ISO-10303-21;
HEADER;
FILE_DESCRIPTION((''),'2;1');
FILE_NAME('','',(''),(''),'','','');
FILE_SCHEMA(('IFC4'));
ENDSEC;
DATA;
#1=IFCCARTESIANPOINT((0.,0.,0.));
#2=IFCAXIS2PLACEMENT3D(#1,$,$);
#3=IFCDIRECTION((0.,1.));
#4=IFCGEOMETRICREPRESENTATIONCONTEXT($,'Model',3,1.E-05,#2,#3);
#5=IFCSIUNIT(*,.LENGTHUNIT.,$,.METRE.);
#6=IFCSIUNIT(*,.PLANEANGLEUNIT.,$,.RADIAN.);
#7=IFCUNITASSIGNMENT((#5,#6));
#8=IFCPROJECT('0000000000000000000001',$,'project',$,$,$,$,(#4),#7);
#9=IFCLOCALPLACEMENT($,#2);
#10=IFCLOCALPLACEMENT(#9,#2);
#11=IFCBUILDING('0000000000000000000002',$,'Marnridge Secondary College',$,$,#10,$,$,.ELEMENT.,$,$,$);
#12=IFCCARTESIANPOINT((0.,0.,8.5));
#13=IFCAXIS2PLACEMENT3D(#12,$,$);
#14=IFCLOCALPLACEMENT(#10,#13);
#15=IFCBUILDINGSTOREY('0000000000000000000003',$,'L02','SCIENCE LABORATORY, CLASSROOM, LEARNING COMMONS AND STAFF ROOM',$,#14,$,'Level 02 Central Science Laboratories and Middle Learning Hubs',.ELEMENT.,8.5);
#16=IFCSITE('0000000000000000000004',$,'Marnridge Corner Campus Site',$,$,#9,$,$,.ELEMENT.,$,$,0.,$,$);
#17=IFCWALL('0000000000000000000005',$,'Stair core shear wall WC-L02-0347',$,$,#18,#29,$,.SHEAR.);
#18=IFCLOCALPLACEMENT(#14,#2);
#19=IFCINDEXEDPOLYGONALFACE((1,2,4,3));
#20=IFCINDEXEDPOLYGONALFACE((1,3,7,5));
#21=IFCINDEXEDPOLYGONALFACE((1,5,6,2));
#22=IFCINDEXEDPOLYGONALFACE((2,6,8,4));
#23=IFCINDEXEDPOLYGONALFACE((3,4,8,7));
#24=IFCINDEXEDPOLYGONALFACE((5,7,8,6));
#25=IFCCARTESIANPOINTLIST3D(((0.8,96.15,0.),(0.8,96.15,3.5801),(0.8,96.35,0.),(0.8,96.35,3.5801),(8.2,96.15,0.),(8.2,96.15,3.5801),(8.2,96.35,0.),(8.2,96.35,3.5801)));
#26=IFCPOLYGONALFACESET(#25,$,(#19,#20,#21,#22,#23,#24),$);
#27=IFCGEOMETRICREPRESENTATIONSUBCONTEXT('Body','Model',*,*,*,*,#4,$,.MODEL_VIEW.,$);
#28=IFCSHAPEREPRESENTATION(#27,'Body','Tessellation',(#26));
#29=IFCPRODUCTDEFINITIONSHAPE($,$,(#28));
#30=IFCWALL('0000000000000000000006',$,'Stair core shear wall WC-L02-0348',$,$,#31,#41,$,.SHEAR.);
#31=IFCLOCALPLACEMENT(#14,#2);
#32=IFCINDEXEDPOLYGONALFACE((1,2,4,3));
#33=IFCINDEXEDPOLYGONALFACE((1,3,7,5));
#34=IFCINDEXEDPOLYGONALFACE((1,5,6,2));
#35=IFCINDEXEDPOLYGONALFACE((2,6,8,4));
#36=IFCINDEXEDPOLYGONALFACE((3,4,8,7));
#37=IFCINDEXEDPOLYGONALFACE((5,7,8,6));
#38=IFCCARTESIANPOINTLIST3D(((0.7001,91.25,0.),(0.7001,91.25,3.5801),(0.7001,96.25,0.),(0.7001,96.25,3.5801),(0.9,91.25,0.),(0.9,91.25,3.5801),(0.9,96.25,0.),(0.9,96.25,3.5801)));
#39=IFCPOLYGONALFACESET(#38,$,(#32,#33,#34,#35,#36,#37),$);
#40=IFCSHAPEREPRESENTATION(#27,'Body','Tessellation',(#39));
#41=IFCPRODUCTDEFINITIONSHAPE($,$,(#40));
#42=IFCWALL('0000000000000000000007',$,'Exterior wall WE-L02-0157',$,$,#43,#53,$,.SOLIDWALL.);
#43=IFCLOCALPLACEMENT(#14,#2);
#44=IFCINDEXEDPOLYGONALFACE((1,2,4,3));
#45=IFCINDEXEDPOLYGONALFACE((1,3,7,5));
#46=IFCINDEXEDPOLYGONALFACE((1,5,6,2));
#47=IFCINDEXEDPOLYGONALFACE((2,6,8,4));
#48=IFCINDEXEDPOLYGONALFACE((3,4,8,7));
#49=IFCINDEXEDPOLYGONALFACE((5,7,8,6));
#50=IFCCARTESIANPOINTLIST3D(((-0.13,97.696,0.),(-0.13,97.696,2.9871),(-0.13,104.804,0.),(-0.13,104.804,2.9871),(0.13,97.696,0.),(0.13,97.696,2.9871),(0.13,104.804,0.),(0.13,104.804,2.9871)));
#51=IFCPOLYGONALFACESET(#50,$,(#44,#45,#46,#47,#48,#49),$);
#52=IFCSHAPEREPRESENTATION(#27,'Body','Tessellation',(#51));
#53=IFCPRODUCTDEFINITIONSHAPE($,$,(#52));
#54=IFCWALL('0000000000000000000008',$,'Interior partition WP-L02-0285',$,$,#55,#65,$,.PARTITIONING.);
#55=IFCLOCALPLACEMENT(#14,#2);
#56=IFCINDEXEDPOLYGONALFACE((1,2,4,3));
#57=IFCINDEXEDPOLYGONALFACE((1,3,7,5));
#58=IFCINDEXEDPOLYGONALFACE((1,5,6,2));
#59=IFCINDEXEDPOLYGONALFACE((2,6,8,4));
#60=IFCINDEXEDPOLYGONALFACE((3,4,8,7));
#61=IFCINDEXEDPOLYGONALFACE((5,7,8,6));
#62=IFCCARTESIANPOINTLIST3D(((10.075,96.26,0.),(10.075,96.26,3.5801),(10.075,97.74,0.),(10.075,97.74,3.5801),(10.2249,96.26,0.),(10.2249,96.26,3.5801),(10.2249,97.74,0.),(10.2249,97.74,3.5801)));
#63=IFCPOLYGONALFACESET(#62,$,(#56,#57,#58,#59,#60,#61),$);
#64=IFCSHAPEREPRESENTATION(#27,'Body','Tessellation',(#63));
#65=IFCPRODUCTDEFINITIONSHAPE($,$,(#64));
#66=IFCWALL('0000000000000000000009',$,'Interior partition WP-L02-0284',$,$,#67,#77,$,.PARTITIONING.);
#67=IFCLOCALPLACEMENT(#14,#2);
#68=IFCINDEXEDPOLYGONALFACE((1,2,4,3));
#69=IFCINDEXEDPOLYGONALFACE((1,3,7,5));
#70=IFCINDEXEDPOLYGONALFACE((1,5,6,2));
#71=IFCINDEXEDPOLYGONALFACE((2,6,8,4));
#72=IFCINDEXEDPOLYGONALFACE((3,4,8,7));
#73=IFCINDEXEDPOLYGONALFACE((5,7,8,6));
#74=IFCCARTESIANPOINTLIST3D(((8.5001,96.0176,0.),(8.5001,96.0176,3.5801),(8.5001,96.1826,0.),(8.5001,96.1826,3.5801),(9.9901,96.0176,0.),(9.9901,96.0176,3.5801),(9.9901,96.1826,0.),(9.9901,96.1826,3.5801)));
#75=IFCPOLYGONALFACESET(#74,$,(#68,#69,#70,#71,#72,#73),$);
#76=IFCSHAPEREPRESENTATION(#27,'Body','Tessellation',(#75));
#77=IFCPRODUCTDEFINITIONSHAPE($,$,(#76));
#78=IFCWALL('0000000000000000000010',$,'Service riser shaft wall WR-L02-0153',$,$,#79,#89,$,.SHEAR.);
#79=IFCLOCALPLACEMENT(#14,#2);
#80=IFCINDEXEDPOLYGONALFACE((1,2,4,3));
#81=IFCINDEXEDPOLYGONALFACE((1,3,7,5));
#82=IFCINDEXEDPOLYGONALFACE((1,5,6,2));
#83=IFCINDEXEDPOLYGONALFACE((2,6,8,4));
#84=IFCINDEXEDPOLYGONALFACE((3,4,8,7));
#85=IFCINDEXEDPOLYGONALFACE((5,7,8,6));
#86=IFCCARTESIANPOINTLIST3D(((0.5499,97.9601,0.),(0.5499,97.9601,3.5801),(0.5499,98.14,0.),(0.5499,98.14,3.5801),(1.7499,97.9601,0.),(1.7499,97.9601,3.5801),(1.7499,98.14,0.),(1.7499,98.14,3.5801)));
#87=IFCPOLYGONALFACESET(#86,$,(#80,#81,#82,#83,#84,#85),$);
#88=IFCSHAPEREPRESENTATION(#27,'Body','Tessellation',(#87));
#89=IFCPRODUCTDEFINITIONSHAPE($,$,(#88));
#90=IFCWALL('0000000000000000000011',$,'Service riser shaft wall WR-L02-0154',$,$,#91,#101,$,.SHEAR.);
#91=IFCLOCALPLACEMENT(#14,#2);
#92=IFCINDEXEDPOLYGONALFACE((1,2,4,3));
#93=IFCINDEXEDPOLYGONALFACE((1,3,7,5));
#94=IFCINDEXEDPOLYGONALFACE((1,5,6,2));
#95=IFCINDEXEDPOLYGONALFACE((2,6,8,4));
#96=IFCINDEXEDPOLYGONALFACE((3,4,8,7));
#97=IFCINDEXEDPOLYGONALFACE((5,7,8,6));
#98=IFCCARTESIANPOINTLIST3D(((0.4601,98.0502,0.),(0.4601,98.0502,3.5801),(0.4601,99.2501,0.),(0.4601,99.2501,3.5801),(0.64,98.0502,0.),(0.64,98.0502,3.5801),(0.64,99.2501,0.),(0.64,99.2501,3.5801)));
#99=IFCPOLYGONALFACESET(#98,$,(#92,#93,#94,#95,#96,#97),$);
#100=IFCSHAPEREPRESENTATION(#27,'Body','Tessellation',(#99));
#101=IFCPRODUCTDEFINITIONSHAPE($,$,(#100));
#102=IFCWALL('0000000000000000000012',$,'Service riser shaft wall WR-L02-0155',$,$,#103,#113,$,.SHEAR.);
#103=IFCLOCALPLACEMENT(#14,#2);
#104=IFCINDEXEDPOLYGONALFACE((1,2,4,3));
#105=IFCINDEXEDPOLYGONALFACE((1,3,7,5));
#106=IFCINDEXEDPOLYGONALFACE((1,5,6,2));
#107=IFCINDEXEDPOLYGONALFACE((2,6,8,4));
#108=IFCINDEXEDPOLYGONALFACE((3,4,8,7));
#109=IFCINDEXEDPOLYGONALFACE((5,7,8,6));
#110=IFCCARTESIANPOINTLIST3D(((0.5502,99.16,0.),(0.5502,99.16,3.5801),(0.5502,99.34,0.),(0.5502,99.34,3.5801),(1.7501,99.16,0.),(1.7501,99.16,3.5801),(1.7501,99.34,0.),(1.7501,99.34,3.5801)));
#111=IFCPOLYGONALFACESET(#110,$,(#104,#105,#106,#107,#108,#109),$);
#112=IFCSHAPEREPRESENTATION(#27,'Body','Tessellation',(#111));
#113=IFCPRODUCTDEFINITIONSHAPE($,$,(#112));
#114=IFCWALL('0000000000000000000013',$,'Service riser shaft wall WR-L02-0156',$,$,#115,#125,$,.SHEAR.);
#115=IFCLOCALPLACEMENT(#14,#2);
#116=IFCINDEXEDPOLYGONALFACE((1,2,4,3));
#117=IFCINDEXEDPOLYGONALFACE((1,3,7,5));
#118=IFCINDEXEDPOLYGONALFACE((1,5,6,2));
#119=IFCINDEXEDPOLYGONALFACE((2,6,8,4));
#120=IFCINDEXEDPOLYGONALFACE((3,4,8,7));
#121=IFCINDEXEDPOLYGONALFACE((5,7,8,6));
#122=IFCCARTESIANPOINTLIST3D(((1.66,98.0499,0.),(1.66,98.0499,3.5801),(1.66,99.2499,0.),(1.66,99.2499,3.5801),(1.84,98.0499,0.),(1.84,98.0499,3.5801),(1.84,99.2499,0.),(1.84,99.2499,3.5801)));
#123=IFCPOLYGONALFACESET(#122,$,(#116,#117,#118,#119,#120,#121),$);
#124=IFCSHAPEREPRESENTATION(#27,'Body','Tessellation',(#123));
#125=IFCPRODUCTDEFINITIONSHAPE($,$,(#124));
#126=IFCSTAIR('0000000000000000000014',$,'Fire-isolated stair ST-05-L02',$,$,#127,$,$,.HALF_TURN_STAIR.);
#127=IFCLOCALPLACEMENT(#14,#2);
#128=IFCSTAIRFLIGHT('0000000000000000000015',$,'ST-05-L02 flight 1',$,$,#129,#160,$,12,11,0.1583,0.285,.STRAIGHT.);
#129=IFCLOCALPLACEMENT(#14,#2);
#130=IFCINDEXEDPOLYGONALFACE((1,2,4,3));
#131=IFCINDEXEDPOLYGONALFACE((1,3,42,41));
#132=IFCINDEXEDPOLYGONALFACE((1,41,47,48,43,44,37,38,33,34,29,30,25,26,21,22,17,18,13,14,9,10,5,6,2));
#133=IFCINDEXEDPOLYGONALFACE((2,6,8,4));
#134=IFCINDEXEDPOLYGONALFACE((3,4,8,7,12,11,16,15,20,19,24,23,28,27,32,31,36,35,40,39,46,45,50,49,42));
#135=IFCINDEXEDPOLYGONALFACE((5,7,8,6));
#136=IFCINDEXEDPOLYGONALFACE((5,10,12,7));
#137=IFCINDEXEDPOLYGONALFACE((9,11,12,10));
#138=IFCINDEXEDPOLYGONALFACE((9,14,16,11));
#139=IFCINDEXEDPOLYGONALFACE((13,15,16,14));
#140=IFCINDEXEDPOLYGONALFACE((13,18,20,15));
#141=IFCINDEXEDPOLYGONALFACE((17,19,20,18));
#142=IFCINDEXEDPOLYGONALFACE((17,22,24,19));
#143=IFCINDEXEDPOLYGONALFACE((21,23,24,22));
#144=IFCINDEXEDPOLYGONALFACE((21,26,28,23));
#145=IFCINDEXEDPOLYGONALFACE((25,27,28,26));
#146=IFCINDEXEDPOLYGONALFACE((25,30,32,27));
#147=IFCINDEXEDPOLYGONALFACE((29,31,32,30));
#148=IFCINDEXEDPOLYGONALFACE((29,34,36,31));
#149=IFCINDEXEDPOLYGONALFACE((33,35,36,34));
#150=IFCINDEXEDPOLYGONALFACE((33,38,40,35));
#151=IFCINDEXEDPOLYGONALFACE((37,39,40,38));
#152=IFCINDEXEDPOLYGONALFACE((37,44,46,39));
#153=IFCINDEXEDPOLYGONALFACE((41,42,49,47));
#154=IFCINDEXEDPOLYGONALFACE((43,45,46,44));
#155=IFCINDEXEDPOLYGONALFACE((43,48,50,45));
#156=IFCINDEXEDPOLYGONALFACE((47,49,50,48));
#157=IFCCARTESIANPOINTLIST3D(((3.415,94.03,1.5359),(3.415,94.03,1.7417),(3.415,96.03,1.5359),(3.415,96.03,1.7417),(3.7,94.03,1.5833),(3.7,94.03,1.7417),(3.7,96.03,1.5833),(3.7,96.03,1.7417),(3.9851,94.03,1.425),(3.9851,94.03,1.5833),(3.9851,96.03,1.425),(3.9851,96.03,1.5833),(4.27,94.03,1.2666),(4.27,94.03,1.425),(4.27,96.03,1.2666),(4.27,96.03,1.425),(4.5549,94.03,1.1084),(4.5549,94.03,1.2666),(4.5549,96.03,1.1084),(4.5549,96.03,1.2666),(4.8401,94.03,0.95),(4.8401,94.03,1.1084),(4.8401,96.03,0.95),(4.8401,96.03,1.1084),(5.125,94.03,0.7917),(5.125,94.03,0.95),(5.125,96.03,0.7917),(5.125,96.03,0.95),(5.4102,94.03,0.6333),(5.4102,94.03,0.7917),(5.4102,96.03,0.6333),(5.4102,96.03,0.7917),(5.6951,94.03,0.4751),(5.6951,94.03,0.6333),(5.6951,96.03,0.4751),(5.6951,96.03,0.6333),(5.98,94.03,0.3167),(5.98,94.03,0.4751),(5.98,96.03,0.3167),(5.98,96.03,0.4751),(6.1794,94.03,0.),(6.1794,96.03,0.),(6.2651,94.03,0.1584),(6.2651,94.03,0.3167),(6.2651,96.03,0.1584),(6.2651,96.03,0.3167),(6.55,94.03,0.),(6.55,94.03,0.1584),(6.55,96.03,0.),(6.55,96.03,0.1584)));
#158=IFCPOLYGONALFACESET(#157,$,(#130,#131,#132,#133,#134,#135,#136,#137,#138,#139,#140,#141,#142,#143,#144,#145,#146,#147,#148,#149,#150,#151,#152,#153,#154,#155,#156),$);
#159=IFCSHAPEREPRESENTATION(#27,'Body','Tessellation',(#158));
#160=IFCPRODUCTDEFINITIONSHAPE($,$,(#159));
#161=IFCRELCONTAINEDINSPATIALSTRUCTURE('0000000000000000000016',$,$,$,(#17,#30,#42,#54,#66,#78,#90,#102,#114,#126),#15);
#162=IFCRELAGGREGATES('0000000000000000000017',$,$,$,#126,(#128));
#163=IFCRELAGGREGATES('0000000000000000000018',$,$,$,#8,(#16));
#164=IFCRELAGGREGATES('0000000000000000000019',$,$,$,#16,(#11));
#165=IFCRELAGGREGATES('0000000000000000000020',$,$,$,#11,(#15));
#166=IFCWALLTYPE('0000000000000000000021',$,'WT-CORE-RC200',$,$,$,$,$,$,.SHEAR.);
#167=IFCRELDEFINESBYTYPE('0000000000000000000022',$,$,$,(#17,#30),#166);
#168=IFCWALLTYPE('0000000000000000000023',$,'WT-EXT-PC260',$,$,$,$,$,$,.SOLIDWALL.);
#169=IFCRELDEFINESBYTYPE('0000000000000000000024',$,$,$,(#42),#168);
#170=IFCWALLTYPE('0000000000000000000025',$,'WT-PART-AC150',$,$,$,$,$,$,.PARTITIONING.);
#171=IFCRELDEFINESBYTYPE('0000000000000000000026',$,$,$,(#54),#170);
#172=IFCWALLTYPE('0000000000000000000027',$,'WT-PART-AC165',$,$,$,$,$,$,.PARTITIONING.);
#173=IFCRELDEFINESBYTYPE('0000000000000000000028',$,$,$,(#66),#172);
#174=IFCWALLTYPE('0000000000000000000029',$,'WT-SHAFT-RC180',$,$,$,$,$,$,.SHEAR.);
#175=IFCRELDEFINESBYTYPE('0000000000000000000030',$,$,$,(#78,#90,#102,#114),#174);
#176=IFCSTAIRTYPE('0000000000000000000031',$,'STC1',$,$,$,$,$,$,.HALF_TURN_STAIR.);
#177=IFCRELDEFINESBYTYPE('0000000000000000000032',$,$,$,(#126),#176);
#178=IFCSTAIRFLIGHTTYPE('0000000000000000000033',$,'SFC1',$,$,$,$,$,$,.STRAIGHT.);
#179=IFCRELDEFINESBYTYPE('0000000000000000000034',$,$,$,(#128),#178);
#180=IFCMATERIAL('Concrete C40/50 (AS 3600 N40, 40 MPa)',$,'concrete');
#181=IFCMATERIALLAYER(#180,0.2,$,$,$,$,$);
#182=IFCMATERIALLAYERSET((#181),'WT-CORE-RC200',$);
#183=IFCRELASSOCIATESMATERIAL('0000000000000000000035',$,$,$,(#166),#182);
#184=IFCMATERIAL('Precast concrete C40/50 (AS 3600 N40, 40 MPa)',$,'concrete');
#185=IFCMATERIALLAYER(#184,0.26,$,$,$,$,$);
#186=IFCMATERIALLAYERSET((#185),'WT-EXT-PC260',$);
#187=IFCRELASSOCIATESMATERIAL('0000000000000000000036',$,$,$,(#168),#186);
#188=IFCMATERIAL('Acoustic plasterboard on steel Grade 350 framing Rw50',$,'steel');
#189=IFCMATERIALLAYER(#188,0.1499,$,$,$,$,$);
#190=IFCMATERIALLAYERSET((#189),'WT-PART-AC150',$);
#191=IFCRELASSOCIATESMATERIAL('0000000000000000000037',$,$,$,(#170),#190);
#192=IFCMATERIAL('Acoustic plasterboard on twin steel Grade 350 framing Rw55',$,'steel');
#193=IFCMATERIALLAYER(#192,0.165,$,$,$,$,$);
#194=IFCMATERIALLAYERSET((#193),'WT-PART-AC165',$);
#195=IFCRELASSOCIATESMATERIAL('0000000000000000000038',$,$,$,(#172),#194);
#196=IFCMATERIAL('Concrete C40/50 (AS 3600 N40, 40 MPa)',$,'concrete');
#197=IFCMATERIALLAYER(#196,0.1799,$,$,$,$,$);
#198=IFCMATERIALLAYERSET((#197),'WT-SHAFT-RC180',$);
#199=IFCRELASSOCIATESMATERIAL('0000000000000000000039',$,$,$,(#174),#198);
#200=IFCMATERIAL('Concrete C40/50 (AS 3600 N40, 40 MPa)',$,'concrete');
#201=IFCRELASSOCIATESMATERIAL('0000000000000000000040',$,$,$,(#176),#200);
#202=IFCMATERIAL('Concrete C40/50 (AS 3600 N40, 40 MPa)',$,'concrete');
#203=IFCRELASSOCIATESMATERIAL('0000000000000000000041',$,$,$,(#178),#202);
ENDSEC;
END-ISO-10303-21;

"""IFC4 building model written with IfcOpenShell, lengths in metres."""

from ifc_helpers import new_model, si_unit, direction, frame, frame_2d, origin, place, context, subcontext, project, spatial, polyline, rectangle, outline, extrude, material, layer, layer_set, type_object, element, aggregate, save


model = new_model("IFC4")

# Units and contexts
model_context = context("Model", 3, precision=1e-05, world=origin(), true_north=direction((0.0, 1.0)))
body_context = subcontext(model_context, "Body", "Model", "MODEL_VIEW")
ifc_project = project(units=[si_unit("LENGTHUNIT", "METRE"), si_unit("PLANEANGLEUNIT", "RADIAN")], contexts=[model_context])

# Site, building, storey
site_placement = place(None, origin())
site = spatial("IfcSite", under=ifc_project, at=site_placement, Name="Marnridge Corner Campus Site", CompositionType="ELEMENT", RefElevation=0.0)
building_placement = place(site_placement, origin())
building = spatial("IfcBuilding", under=site, at=building_placement, Name="Marnridge Secondary College", CompositionType="ELEMENT")
storey_placement = place(building_placement, frame((0.0, 0.0, 8.5)))
storey = spatial("IfcBuildingStorey", under=building, at=storey_placement, Name="L02", Description="SCIENCE LABORATORY, CLASSROOM, LEARNING COMMONS AND STAFF ROOM", LongName="Level 02 Central Science Laboratories and Middle Learning Hubs", CompositionType="ELEMENT", Elevation=8.5)

# Walls
ifc_material_1 = material(Name="Concrete C40/50 (AS 3600 N40, 40 MPa)", Category="concrete")
ifc_layer_1 = layer(ifc_material_1, 0.2)
ifc_layer_set_1 = layer_set([ifc_layer_1], Name="WT-CORE-RC200")
wall_type_1 = type_object("IfcWallType", Name="WT-CORE-RC200", PredefinedType="SHEAR", material=ifc_layer_set_1)
wall_1_placement = place(storey_placement, frame((8.2, 96.25, 0.0), z_axis=(0.0, 0.0, 1.0), x_axis=(-1.0, 0.0, 0.0)))
element("IfcWall", 1, at=wall_1_placement, inside=storey, type_object=wall_type_1, Name="Stair core shear wall WC-L02-0347", PredefinedType="SHEAR", context=body_context, shape_type="SweptSolid", body=[
    extrude(rectangle(XDim=7.3999, YDim=0.2, at=frame_2d((3.7, 0.0))), origin(), (0.0, 0.0, 1.0), 3.5801),
])
wall_2_placement = place(storey_placement, frame((0.8, 96.25, 0.0), z_axis=(0.0, 0.0, 1.0), x_axis=(0.0, -1.0, 0.0)))
element("IfcWall", 2, at=wall_2_placement, inside=storey, type_object=wall_type_1, Name="Stair core shear wall WC-L02-0348", PredefinedType="SHEAR", context=body_context, shape_type="SweptSolid", body=[
    extrude(rectangle(XDim=5.0, YDim=0.2, at=frame_2d((2.5, 0.0))), origin(), (0.0, 0.0, 1.0), 3.5801),
])
ifc_material_2 = material(Name="Precast concrete C40/50 (AS 3600 N40, 40 MPa)", Category="concrete")
ifc_layer_2 = layer(ifc_material_2, 0.26)
ifc_layer_set_2 = layer_set([ifc_layer_2], Name="WT-EXT-PC260")
wall_type_2 = type_object("IfcWallType", Name="WT-EXT-PC260", PredefinedType="SOLIDWALL", material=ifc_layer_set_2)
wall_3_placement = place(storey_placement, frame((0.0, 97.696, 0.0), z_axis=(0.0, 0.0, 1.0), x_axis=(0.0, 1.0, 0.0)))
element("IfcWall", 3, at=wall_3_placement, inside=storey, type_object=wall_type_2, Name="Exterior wall WE-L02-0157", PredefinedType="SOLIDWALL", context=body_context, shape_type="SweptSolid", body=[
    extrude(rectangle(XDim=7.1079, YDim=0.26, at=frame_2d((3.554, 0.0))), origin(), (0.0, 0.0, 1.0), 2.9871),
])
ifc_material_3 = material(Name="Acoustic plasterboard on steel Grade 350 framing Rw50", Category="steel")
ifc_layer_3 = layer(ifc_material_3, 0.1499)
ifc_layer_set_3 = layer_set([ifc_layer_3], Name="WT-PART-AC150")
wall_type_3 = type_object("IfcWallType", Name="WT-PART-AC150", PredefinedType="PARTITIONING", material=ifc_layer_set_3)
wall_4_placement = place(storey_placement, frame((10.1499, 96.26, 0.0), z_axis=(0.0, 0.0, 1.0), x_axis=(0.0, 1.0, 0.0)))
element("IfcWall", 4, at=wall_4_placement, inside=storey, type_object=wall_type_3, Name="Interior partition WP-L02-0285", PredefinedType="PARTITIONING", context=body_context, shape_type="SweptSolid", body=[
    extrude(rectangle(XDim=1.48, YDim=0.1499, at=frame_2d((0.74, 0.0))), origin(), (0.0, 0.0, 1.0), 3.5801),
])
ifc_material_4 = material(Name="Acoustic plasterboard on twin steel Grade 350 framing Rw55", Category="steel")
ifc_layer_4 = layer(ifc_material_4, 0.165)
ifc_layer_set_4 = layer_set([ifc_layer_4], Name="WT-PART-AC165")
wall_type_4 = type_object("IfcWallType", Name="WT-PART-AC165", PredefinedType="PARTITIONING", material=ifc_layer_set_4)
wall_5_placement = place(storey_placement, frame((8.5, 96.1001, 0.0), z_axis=(0.0, 0.0, 1.0), x_axis=(1.0, 0.0, 0.0)))
element("IfcWall", 5, at=wall_5_placement, inside=storey, type_object=wall_type_4, Name="Interior partition WP-L02-0284", PredefinedType="PARTITIONING", context=body_context, shape_type="SweptSolid", body=[
    extrude(rectangle(XDim=1.49, YDim=0.165, at=frame_2d((0.7451, 0.0))), origin(), (0.0, 0.0, 1.0), 3.5801),
])

# Walls
ifc_material_5 = material(Name="Concrete C40/50 (AS 3600 N40, 40 MPa)", Category="concrete")
ifc_layer_5 = layer(ifc_material_5, 0.1799)
ifc_layer_set_5 = layer_set([ifc_layer_5], Name="WT-SHAFT-RC180")
wall_type_5 = type_object("IfcWallType", Name="WT-SHAFT-RC180", PredefinedType="SHEAR", material=ifc_layer_set_5)
for number, where, z_axis, x_axis, name in (
    (6, (1.75, 98.05, 0.0), (0.0, 0.0, 1.0), (-1.0, 0.0, 0.0), "Service riser shaft wall WR-L02-0153"),
    (7, (0.55, 98.05, 0.0), (0.0, 0.0, 1.0), (0.0, 1.0, 0.0), "Service riser shaft wall WR-L02-0154"),
    (8, (0.55, 99.25, 0.0), (0.0, 0.0, 1.0), (1.0, 0.0, 0.0), "Service riser shaft wall WR-L02-0155"),
    (9, (1.75, 99.25, 0.0), (0.0, 0.0, 1.0), (0.0, -1.0, 0.0), "Service riser shaft wall WR-L02-0156"),
):
    element("IfcWall", number, at=place(storey_placement, frame(where, z_axis=z_axis, x_axis=x_axis)), inside=storey, type_object=wall_type_5, Name=name, PredefinedType="SHEAR", context=body_context, shape_type="SweptSolid", body=[
        extrude(rectangle(XDim=1.2, YDim=0.1799, at=frame_2d((0.6001, 0.0))), origin(), (0.0, 0.0, 1.0), 3.5801),
    ])

# Stair, stair flight
ifc_material_6 = material(Name="Concrete C40/50 (AS 3600 N40, 40 MPa)", Category="concrete")
stair_type = type_object("IfcStairType", Name="STC1", PredefinedType="HALF_TURN_STAIR", material=ifc_material_6)
stair_placement = place(storey_placement, origin())
stair = element("IfcStair", 10, at=stair_placement, inside=storey, type_object=stair_type, Name="Fire-isolated stair ST-05-L02", PredefinedType="HALF_TURN_STAIR")
ifc_material_7 = material(Name="Concrete C40/50 (AS 3600 N40, 40 MPa)", Category="concrete")
stair_flight_type = type_object("IfcStairFlightType", Name="SFC1", PredefinedType="STRAIGHT", material=ifc_material_7)
stair_flight_placement = place(storey_placement, frame((6.55, 95.03, 0.0), z_axis=(0.0, 0.0, 1.0), x_axis=(-1.0, 0.0, 0.0)))
stair_flight = element("IfcStairFlight", 11, at=stair_flight_placement, type_object=stair_flight_type, Name="ST-05-L02 flight 1", NumberOfRisers=12, NumberOfTreads=11, PredefinedType="STRAIGHT", RiserHeight=0.1583, TreadLength=0.285, context=body_context, shape_type="SweptSolid", body=[
    extrude(outline(polyline([(0.0, 0.0), (0.0, 0.1584), (0.2849, 0.1584), (0.2849, 0.3167), (0.5701, 0.3167), (0.5701, 0.4751), (0.855, 0.4751), (0.855, 0.6333), (1.1399, 0.6333), (1.1399, 0.7917), (1.425, 0.7917), (1.425, 0.95), (1.71, 0.95), (1.71, 1.1084), (1.9951, 1.1084), (1.9951, 1.2666), (2.28, 1.2666), (2.28, 1.425), (2.5649, 1.425), (2.5649, 1.5833), (2.8501, 1.5833), (2.8501, 1.7417), (3.135, 1.7417), (3.135, 1.8999), (3.135, 1.5359), (0.3706, 0.0), (0.0, 0.0)])), frame((0.0, 1.0, 0.0), z_axis=(0.0, -1.0, 0.0), x_axis=(1.0, 0.0, 0.0)), (0.0, 0.0, 1.0), 2.0),
])
aggregate(stair, [stair_flight])

save(model, "model.ifc")
